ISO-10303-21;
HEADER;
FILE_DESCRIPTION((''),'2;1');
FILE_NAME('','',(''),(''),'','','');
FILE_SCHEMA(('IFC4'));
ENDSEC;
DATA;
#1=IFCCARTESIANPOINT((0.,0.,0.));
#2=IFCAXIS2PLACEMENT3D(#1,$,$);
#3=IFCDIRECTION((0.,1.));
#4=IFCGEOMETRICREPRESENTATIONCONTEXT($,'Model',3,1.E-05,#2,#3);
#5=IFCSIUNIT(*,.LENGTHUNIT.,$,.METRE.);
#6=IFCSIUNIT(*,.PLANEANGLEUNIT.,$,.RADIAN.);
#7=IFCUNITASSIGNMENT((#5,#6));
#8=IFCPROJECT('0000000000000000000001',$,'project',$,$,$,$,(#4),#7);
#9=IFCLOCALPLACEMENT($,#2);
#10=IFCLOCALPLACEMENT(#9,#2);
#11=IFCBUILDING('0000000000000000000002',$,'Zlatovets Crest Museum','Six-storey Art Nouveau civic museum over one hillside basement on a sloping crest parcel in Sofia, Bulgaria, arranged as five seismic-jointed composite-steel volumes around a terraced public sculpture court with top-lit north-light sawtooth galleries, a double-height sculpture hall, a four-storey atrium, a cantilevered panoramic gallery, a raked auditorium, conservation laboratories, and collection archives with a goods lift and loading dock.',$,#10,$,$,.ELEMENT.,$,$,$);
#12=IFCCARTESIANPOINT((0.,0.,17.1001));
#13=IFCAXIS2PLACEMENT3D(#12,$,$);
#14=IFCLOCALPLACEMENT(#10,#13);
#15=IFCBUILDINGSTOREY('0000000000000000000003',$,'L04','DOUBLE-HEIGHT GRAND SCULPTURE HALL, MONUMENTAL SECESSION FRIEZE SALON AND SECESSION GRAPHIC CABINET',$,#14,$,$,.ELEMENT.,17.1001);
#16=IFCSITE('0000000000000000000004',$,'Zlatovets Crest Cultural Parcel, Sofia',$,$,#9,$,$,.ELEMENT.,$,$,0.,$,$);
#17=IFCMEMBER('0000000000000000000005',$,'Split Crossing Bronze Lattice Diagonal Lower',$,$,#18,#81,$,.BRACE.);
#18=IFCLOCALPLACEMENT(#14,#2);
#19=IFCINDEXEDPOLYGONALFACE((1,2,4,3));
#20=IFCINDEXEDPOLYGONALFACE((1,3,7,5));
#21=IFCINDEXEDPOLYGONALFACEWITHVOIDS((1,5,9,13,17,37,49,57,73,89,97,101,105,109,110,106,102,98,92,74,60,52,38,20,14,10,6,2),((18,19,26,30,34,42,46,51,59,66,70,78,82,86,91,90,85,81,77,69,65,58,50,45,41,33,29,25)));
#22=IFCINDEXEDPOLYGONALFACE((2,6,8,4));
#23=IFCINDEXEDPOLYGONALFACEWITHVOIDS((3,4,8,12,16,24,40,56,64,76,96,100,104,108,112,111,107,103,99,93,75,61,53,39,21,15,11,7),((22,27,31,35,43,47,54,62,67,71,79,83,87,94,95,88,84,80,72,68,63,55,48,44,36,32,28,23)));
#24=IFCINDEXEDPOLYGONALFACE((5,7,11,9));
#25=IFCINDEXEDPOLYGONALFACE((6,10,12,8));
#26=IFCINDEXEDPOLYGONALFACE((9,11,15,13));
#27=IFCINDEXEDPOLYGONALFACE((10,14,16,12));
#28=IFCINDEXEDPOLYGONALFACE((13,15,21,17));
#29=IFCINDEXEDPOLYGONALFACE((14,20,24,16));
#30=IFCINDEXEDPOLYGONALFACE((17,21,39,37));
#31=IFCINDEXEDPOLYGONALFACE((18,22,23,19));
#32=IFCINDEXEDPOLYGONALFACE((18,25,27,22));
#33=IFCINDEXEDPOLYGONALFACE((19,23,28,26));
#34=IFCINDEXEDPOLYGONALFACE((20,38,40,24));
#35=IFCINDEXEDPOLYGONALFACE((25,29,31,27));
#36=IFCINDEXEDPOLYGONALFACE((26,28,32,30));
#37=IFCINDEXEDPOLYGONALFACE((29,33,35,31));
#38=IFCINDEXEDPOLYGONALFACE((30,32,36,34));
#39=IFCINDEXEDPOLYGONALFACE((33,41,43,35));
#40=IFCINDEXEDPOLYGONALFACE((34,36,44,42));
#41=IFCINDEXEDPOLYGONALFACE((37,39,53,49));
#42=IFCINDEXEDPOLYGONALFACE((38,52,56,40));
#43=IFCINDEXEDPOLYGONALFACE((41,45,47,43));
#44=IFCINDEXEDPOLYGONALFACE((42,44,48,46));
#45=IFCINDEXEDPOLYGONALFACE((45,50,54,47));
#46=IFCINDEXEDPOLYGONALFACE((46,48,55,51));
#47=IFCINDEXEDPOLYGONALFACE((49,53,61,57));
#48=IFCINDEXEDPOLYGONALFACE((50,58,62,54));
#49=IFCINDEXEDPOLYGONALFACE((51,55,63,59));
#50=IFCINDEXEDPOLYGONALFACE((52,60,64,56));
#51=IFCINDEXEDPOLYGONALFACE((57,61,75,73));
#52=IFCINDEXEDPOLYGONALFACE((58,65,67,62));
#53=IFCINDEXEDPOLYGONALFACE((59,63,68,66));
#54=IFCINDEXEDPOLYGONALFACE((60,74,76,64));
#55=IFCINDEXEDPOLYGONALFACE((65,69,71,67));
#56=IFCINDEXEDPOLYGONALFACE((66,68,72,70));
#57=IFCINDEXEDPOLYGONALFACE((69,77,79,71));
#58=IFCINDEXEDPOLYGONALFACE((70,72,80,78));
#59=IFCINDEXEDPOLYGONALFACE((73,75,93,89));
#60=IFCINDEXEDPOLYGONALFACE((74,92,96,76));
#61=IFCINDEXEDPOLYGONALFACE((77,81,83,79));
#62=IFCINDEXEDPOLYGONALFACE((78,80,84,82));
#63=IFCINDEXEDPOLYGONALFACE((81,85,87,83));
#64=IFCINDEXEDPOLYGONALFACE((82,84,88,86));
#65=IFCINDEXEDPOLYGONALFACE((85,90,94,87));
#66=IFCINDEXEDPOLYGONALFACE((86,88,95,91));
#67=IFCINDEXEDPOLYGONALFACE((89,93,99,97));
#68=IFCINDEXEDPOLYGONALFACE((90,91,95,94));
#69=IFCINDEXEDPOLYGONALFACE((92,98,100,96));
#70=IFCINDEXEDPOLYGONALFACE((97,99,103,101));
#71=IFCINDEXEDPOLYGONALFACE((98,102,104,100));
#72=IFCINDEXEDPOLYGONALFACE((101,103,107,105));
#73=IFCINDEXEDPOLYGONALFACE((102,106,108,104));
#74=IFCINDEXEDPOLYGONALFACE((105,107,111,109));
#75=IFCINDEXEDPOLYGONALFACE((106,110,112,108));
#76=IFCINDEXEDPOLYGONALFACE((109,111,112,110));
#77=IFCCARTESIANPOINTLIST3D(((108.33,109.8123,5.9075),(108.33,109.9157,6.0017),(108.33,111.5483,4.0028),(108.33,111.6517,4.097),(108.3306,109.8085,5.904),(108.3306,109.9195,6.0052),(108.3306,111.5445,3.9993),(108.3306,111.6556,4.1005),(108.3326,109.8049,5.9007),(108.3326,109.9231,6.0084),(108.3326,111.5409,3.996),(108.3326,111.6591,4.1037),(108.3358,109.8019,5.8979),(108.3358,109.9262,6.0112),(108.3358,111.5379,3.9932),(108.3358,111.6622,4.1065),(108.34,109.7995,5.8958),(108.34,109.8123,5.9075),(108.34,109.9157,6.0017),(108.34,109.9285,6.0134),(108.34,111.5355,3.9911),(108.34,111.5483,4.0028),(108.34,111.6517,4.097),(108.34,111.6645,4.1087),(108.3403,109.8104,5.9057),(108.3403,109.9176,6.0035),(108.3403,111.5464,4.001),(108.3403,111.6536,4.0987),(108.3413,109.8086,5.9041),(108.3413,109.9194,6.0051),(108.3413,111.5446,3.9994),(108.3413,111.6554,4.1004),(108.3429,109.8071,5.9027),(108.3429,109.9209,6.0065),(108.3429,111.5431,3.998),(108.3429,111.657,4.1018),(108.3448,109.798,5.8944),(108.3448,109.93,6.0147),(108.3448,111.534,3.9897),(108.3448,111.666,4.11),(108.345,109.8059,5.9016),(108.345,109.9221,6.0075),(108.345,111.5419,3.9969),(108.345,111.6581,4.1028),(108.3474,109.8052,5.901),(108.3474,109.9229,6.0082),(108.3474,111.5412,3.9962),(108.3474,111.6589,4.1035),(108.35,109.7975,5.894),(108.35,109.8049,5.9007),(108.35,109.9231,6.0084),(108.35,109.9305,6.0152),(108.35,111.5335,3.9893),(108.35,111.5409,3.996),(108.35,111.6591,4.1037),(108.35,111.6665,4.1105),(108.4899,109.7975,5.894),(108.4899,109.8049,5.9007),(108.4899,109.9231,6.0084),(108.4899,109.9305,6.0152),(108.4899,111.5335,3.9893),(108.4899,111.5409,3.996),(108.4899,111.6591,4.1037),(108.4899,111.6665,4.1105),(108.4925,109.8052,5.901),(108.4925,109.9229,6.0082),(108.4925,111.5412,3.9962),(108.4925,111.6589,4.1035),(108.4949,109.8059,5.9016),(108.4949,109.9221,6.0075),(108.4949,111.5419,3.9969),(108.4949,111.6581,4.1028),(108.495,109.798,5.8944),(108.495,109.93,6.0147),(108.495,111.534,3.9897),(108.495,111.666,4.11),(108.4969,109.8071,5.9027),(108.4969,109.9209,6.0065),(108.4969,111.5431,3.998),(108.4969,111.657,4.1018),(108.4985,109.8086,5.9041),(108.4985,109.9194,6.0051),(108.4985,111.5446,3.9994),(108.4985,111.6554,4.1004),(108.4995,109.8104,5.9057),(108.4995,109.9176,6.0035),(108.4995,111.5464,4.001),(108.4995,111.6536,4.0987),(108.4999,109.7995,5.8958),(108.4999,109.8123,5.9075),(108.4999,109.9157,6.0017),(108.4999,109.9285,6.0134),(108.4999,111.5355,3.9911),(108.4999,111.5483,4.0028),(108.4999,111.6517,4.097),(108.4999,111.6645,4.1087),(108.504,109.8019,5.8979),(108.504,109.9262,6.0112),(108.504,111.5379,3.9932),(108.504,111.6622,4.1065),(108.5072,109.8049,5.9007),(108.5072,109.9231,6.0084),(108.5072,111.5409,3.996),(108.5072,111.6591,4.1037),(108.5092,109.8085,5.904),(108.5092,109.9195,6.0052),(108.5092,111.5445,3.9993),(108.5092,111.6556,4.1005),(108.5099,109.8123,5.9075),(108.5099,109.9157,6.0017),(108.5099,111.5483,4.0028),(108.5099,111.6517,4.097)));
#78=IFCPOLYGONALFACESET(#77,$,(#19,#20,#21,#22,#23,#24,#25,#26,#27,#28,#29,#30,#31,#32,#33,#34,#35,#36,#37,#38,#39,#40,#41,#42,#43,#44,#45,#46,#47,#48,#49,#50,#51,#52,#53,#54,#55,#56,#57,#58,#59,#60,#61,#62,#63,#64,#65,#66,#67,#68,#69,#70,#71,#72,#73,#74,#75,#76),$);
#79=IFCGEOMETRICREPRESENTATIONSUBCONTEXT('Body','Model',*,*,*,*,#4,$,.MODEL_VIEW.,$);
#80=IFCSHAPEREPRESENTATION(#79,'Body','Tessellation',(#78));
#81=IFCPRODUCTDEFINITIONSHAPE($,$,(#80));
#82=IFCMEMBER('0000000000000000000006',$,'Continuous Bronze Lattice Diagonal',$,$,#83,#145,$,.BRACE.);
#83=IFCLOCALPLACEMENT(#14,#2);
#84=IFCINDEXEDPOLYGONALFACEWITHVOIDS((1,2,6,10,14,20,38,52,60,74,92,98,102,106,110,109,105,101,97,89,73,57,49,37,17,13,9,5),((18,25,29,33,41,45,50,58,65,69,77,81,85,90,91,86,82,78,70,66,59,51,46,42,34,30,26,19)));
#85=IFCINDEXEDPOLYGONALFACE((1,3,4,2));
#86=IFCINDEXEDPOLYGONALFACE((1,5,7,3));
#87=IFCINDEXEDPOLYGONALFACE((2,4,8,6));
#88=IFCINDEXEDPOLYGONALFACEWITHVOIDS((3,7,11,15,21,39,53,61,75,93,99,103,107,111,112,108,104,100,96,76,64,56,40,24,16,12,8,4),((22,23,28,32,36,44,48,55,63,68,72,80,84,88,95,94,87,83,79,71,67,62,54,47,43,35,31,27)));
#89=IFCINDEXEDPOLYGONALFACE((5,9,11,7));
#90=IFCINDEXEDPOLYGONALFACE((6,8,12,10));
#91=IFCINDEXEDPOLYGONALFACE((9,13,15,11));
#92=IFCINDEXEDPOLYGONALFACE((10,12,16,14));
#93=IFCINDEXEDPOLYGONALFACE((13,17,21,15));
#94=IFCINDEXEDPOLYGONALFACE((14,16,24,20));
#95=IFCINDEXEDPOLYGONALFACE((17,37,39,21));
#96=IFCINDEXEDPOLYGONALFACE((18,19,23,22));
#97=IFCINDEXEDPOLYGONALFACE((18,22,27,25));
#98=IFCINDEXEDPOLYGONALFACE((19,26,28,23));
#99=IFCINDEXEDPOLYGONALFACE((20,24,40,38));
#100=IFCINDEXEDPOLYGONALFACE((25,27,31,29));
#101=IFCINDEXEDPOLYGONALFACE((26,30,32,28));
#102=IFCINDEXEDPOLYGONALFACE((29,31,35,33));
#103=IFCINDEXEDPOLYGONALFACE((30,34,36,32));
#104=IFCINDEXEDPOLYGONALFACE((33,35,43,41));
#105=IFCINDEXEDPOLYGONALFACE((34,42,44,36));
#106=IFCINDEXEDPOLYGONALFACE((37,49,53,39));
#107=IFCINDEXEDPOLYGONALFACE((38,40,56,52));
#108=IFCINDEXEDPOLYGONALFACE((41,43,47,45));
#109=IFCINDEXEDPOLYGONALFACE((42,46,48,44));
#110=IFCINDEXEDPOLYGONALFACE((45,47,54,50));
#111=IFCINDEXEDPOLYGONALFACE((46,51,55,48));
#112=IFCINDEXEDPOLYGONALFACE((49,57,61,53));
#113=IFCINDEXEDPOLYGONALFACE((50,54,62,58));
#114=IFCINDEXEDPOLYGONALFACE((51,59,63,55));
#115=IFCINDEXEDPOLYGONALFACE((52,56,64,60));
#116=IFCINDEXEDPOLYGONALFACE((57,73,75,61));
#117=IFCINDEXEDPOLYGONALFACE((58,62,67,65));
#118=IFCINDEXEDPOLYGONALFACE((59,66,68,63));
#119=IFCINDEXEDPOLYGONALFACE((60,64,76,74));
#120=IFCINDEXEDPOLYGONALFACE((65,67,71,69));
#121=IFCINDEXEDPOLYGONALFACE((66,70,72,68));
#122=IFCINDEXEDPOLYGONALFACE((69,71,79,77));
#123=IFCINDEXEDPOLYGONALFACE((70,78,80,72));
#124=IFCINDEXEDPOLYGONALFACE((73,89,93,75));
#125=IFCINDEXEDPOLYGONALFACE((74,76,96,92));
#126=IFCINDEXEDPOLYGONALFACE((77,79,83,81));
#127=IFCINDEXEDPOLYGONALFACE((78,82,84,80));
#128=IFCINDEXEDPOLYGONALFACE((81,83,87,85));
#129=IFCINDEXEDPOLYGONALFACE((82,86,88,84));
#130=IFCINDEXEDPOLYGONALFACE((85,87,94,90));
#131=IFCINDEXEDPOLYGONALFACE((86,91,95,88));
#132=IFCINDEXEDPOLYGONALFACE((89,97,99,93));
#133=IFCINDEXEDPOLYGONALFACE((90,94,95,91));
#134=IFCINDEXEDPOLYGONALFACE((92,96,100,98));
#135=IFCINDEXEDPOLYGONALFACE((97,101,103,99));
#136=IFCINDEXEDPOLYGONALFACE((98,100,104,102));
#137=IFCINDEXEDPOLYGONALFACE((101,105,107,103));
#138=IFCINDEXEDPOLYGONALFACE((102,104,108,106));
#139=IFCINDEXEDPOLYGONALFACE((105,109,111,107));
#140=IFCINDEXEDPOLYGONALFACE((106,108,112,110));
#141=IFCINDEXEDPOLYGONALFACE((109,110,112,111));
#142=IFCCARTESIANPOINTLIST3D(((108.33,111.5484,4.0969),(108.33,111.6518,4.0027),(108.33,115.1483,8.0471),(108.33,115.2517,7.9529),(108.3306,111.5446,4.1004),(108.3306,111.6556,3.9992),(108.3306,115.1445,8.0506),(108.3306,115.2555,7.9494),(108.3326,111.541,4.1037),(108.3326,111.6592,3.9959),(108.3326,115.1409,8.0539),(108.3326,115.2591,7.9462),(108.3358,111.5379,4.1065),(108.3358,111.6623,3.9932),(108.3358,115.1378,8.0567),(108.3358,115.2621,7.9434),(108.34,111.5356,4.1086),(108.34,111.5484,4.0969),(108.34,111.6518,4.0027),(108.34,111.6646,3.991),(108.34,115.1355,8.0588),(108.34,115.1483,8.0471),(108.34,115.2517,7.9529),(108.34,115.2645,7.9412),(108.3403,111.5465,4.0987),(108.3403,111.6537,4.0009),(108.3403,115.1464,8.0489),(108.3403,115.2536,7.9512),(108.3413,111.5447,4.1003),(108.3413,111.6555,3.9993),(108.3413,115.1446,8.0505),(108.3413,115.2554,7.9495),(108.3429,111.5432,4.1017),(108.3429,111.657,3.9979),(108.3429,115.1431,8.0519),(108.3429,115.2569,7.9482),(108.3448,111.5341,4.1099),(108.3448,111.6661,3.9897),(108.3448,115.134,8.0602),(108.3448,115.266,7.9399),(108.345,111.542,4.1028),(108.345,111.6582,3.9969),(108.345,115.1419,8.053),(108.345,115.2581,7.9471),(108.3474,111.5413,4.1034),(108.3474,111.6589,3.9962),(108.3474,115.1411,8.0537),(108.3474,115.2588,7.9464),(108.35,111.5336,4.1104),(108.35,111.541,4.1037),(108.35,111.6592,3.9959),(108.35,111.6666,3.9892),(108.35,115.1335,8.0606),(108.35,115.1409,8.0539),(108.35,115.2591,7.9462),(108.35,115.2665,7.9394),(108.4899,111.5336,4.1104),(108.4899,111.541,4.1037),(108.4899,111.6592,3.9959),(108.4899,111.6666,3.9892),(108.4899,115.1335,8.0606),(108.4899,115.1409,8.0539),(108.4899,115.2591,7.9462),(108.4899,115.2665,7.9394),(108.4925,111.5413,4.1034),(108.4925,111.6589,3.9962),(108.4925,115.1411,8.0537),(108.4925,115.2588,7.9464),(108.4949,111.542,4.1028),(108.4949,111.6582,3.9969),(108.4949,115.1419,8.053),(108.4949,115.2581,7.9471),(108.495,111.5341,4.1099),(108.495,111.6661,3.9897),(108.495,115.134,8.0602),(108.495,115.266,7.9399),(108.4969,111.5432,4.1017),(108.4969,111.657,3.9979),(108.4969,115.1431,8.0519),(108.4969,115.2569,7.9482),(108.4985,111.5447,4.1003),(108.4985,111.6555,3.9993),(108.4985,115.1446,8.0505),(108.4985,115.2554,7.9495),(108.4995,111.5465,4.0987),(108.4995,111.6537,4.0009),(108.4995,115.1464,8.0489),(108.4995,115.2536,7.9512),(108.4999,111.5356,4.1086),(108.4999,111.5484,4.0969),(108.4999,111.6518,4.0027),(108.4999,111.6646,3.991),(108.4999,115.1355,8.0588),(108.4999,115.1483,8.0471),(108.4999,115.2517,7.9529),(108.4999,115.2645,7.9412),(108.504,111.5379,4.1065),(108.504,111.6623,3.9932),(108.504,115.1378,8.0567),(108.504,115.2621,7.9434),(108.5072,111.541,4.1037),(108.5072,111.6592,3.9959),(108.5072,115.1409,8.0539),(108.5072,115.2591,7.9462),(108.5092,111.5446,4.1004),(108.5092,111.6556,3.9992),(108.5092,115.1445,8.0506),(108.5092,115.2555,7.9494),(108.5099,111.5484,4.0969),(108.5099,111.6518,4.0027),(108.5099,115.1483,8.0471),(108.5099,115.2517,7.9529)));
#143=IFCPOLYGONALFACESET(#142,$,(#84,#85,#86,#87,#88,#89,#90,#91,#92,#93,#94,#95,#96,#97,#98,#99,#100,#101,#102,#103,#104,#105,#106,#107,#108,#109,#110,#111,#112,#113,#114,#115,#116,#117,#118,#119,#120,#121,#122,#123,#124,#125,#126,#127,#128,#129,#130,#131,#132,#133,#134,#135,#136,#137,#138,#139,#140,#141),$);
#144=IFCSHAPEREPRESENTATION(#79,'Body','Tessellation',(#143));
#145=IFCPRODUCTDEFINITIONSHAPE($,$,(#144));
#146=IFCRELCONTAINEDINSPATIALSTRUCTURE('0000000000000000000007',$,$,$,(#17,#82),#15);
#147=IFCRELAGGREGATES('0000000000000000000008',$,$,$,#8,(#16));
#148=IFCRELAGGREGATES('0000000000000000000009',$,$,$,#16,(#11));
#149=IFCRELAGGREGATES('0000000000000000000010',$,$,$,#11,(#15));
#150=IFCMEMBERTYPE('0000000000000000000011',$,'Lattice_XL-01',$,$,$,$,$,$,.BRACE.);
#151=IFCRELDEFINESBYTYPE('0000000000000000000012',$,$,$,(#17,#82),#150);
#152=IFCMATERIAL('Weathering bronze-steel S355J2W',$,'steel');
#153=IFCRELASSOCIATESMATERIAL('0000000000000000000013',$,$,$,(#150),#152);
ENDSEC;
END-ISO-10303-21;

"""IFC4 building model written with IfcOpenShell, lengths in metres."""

from ifc_helpers import new_model, si_unit, direction, frame, origin, origin_2d, place, context, subcontext, project, spatial, hollow_rectangle, extrude, material, material_profile, profile_set, type_object, element, save


model = new_model("IFC4")

# Units and contexts
model_context = context("Model", 3, precision=1e-05, world=origin(), true_north=direction((0.0, 1.0)))
body_context = subcontext(model_context, "Body", "Model", "MODEL_VIEW")
ifc_project = project(units=[si_unit("LENGTHUNIT", "METRE"), si_unit("PLANEANGLEUNIT", "RADIAN")], contexts=[model_context])

# Site, building, storey
site_placement = place(None, origin())
site = spatial("IfcSite", under=ifc_project, at=site_placement, Name="Zlatovets Crest Cultural Parcel, Sofia", CompositionType="ELEMENT", RefElevation=0.0)
building_placement = place(site_placement, origin())
building = spatial("IfcBuilding", under=site, at=building_placement, Name="Zlatovets Crest Museum", Description="Six-storey Art Nouveau civic museum over one hillside basement on a sloping crest parcel in Sofia, Bulgaria, arranged as five seismic-jointed composite-steel volumes around a terraced public sculpture court with top-lit north-light sawtooth galleries, a double-height sculpture hall, a four-storey atrium, a cantilevered panoramic gallery, a raked auditorium, conservation laboratories, and collection archives with a goods lift and loading dock.", CompositionType="ELEMENT")
storey_placement = place(building_placement, frame((0.0, 0.0, 17.1001)))
storey = spatial("IfcBuildingStorey", under=building, at=storey_placement, Name="L04", Description="DOUBLE-HEIGHT GRAND SCULPTURE HALL, MONUMENTAL SECESSION FRIEZE SALON AND SECESSION GRAPHIC CABINET", CompositionType="ELEMENT", Elevation=17.1001)

# Members
ifc_material_1 = material(Name="Weathering bronze-steel S355J2W", Category="steel")
ifc_material_profile_1 = material_profile(ifc_material_1, hollow_rectangle(XDim=0.1799, YDim=0.1799, WallThickness=0.01, InnerFilletRadius=0.01, OuterFilletRadius=0.02, at=origin_2d()), Name="SHS 180x180x10.0")
ifc_profile_set_1 = profile_set([ifc_material_profile_1], Name="Weathering bronze-steel S355J2W")
member_type_1 = type_object("IfcMemberType", Name="Lattice_XL-01", PredefinedType="BRACE", material=ifc_profile_set_1)
for number, where, z_axis, x_axis, name in (
    (1, (108.4199, 109.864, 5.9546), (0.0, 0.67362, -0.739078), (-1.0, 0.0, 0.0), "Split Crossing Bronze Lattice Diagonal Lower"),
):
    element("IfcMember", number, at=place(storey_placement, frame(where, z_axis=z_axis, x_axis=x_axis)), inside=storey, type_object=member_type_1, Name=name, PredefinedType="BRACE", context=body_context, shape_type="SweptSolid", body=[
        extrude(hollow_rectangle(XDim=0.1799, YDim=0.1799, WallThickness=0.01, InnerFilletRadius=0.01, OuterFilletRadius=0.02, at=origin_2d()), origin(), (0.0, 0.0, 1.0), 2.5771),
    ])
member_1_placement = place(storey_placement, frame((108.4199, 111.6001, 4.0498), z_axis=(0.0, 0.67357, 0.739123), x_axis=(-1.0, 0.0, 0.0)))
element("IfcMember", 2, at=member_1_placement, inside=storey, type_object=member_type_1, Name="Continuous Bronze Lattice Diagonal", PredefinedType="BRACE", context=body_context, shape_type="SweptSolid", body=[
    extrude(hollow_rectangle(XDim=0.1799, YDim=0.1799, WallThickness=0.01, InnerFilletRadius=0.01, OuterFilletRadius=0.02, at=origin_2d()), origin(), (0.0, 0.0, 1.0), 5.3445),
])

save(model, "model.ifc")
